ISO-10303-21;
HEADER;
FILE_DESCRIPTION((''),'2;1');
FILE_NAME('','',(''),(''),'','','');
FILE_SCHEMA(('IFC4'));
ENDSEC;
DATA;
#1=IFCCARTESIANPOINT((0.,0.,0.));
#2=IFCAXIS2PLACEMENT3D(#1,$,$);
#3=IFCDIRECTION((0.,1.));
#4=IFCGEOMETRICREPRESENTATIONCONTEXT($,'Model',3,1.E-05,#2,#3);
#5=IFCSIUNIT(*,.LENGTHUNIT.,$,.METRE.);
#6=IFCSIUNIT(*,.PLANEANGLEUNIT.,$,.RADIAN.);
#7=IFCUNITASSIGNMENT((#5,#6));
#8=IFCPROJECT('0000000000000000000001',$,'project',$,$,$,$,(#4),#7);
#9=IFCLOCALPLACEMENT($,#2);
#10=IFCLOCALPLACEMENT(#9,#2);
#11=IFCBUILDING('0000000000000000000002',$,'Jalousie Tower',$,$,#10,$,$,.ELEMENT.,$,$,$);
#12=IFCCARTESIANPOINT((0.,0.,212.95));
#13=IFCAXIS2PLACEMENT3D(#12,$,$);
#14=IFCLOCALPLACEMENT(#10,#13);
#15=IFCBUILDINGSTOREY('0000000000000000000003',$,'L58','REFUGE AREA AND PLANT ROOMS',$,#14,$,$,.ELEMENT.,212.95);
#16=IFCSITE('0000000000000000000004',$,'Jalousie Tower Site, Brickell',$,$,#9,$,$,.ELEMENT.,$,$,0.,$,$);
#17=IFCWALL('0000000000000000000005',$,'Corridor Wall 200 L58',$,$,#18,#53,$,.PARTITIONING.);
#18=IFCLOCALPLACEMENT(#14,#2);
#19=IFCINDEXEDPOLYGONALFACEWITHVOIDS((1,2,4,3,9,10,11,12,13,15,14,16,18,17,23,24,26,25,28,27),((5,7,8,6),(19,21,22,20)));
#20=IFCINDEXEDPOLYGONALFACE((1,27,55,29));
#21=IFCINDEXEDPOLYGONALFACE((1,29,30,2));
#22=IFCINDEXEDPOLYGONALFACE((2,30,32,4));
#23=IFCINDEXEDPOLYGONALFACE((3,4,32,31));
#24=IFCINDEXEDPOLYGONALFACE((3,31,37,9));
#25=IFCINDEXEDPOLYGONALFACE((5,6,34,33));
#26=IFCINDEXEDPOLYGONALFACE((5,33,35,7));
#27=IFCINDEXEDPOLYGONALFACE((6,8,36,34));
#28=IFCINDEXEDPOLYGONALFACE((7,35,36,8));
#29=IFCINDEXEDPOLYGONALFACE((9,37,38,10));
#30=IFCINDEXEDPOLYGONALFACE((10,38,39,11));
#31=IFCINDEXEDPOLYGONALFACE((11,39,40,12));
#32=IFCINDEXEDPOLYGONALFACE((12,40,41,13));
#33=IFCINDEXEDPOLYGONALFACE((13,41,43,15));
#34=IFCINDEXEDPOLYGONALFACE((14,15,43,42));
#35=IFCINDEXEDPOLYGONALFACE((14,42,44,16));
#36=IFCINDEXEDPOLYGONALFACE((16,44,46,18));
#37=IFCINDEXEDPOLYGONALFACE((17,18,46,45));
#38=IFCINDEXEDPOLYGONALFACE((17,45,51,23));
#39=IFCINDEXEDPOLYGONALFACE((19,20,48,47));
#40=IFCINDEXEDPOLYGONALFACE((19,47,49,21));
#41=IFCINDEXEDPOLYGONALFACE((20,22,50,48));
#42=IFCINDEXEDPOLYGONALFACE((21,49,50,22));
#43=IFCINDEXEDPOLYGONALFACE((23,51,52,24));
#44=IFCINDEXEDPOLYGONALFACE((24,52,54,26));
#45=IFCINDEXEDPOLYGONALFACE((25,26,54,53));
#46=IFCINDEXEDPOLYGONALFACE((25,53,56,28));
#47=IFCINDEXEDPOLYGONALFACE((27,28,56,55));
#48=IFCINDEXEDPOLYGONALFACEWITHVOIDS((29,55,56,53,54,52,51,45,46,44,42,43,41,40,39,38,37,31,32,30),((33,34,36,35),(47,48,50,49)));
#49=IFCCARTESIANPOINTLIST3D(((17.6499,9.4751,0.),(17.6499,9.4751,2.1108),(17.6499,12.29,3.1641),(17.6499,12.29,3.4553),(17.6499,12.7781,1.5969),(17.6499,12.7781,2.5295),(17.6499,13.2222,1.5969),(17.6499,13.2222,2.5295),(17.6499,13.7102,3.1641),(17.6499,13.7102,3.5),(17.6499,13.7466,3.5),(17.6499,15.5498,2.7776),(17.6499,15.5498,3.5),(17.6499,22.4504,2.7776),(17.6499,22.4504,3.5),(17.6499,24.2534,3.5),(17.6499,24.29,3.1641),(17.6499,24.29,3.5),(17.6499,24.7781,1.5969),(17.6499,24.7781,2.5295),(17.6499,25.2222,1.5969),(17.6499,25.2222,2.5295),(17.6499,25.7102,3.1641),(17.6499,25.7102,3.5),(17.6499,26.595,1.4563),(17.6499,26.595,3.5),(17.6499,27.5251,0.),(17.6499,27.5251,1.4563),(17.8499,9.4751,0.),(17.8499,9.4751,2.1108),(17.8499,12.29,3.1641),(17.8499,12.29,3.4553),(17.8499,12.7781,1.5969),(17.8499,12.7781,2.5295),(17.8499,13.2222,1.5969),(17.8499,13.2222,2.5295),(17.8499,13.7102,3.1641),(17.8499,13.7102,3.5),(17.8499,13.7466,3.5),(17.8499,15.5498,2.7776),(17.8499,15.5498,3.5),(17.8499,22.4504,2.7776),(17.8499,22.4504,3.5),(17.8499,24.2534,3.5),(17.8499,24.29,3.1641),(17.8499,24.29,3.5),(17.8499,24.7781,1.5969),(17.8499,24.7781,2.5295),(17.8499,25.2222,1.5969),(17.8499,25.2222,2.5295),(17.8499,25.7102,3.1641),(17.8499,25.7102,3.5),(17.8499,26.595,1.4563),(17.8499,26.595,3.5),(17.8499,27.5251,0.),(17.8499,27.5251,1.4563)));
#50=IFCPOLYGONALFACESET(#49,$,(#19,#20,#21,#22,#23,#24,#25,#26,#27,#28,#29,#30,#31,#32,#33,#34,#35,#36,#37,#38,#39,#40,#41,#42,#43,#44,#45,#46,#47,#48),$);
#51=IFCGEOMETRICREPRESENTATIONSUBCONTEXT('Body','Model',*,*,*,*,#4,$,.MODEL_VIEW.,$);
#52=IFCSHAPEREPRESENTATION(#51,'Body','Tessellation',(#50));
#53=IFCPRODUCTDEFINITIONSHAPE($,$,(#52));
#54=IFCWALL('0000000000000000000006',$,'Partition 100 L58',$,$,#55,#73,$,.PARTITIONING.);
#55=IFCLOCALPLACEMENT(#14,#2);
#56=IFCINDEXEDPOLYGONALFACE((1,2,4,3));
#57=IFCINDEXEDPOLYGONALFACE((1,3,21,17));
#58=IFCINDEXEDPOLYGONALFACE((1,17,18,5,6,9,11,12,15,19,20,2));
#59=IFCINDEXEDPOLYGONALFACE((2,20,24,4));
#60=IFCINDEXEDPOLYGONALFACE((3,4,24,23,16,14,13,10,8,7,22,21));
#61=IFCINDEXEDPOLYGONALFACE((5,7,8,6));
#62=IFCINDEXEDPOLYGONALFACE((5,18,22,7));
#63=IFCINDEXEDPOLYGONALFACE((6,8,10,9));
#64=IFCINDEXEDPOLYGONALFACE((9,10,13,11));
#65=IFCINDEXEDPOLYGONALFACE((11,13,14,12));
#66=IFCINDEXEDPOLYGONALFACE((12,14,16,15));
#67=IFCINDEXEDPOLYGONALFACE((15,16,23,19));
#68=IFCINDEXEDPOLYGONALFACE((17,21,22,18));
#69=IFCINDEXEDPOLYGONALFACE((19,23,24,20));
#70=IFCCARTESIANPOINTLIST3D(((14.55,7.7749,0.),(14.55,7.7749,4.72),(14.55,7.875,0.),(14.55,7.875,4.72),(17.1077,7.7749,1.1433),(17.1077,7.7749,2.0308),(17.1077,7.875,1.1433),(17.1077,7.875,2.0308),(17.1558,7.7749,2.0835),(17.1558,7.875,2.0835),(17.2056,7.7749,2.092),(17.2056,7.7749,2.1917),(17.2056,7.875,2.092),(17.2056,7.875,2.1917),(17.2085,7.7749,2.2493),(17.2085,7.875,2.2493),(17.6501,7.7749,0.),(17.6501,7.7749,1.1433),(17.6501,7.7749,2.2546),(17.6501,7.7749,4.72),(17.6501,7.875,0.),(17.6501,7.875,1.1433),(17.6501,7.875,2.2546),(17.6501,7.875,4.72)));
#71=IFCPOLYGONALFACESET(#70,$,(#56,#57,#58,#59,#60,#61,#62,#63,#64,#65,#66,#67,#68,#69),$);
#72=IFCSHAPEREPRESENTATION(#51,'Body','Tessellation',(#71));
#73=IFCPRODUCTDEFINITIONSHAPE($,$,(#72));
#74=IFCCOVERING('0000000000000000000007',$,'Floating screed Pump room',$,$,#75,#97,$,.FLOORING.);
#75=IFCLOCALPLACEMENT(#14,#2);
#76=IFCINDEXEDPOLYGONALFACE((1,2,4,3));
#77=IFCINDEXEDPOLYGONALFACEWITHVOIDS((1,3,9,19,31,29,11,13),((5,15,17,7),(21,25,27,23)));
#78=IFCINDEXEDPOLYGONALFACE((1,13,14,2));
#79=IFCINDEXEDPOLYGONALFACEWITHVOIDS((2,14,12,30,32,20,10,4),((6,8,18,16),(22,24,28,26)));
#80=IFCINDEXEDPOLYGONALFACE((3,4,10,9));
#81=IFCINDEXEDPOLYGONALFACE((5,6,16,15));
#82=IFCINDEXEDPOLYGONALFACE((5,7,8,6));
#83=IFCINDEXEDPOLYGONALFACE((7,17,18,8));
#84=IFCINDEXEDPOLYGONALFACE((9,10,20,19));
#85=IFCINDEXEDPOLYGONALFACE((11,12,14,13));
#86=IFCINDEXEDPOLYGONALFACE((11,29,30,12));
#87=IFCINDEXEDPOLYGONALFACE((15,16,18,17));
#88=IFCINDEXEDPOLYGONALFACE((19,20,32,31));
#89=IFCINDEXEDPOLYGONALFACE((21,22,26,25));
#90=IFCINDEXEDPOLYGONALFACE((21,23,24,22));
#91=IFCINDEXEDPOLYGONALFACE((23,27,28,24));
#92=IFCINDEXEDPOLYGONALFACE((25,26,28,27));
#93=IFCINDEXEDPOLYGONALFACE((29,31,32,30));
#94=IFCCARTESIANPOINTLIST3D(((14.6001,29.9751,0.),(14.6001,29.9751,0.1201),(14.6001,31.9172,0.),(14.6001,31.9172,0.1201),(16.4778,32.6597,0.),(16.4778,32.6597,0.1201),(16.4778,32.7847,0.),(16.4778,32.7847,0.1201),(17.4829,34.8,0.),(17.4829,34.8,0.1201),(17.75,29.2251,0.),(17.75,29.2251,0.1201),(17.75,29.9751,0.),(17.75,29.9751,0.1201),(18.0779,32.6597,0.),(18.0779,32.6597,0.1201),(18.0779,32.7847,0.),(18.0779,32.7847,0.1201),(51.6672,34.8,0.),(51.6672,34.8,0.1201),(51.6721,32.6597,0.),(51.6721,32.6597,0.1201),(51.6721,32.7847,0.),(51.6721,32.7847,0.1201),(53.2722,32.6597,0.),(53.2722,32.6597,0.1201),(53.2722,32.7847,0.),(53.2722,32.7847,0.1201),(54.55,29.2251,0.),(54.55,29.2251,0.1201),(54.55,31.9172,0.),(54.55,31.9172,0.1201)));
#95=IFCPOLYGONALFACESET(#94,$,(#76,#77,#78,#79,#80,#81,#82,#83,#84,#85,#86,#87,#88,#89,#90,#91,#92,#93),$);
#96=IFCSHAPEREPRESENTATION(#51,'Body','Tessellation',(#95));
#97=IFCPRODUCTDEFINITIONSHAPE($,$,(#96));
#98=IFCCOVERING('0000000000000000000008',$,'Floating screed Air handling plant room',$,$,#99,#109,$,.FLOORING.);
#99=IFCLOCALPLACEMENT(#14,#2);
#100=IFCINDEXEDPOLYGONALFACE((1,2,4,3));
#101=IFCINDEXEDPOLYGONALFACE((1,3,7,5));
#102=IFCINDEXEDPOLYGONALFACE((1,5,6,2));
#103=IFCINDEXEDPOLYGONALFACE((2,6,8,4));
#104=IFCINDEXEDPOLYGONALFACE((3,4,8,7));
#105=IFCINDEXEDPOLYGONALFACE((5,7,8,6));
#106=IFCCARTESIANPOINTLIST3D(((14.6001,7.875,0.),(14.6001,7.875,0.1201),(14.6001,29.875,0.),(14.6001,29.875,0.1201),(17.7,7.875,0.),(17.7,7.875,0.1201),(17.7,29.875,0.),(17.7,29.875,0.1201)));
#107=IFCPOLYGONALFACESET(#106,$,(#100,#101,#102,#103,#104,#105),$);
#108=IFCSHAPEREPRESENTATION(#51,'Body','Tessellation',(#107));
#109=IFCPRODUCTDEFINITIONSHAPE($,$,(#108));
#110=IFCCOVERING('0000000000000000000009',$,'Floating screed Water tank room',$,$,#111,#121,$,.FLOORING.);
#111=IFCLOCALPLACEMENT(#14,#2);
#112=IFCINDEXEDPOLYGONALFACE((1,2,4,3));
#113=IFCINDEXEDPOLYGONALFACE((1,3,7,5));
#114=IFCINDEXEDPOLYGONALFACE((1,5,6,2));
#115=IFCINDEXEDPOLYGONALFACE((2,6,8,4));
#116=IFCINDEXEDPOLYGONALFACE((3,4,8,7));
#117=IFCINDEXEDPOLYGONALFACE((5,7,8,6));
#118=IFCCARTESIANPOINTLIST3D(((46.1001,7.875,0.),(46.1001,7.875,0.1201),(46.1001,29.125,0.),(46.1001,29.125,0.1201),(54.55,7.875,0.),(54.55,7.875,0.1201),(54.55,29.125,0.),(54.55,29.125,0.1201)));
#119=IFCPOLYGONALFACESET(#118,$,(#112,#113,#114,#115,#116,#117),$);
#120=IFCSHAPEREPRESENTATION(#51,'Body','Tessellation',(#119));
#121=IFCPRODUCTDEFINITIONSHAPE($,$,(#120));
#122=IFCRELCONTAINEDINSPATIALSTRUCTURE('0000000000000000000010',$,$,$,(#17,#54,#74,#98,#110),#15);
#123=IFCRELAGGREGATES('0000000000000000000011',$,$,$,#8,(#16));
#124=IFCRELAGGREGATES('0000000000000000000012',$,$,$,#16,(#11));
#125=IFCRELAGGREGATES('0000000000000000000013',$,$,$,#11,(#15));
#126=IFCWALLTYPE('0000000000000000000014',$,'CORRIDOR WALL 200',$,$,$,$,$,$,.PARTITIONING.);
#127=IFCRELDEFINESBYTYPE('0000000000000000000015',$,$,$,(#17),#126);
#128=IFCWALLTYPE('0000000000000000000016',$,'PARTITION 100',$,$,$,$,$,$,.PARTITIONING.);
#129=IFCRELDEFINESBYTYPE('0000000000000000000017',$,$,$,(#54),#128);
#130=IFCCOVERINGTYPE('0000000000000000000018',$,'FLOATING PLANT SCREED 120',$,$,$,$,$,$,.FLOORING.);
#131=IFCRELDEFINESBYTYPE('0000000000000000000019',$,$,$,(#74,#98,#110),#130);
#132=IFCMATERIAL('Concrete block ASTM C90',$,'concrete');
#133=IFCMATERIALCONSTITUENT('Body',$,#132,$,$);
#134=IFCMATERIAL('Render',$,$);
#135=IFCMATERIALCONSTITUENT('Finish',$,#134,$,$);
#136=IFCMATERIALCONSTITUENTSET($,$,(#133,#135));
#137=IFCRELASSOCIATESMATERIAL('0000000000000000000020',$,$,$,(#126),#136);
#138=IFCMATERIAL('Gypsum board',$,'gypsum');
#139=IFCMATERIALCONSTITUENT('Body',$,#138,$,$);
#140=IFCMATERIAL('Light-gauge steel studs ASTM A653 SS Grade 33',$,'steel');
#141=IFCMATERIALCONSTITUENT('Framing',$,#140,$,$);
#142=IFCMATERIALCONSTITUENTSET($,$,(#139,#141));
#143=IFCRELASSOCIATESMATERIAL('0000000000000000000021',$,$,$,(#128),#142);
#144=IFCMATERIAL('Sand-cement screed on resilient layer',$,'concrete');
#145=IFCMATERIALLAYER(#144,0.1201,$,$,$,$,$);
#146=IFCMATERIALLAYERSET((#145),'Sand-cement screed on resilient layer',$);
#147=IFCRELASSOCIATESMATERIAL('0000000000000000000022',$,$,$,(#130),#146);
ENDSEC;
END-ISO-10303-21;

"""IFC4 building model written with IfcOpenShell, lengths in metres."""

from ifc_helpers import new_model, si_unit, direction, frame, origin, place, context, subcontext, project, spatial, polyline, outline, extrude, material, layer, layer_set, constituent, constituent_set, type_object, element, save


model = new_model("IFC4")

# Units and contexts
model_context = context("Model", 3, precision=1e-05, world=origin(), true_north=direction((0.0, 1.0)))
body_context = subcontext(model_context, "Body", "Model", "MODEL_VIEW")
ifc_project = project(units=[si_unit("LENGTHUNIT", "METRE"), si_unit("PLANEANGLEUNIT", "RADIAN")], contexts=[model_context])

# Site, building, storey
site_placement = place(None, origin())
site = spatial("IfcSite", under=ifc_project, at=site_placement, Name="Jalousie Tower Site, Brickell", CompositionType="ELEMENT", RefElevation=0.0)
building_placement = place(site_placement, origin())
building = spatial("IfcBuilding", under=site, at=building_placement, Name="Jalousie Tower", CompositionType="ELEMENT")
storey_placement = place(building_placement, frame((0.0, 0.0, 212.95)))
storey = spatial("IfcBuildingStorey", under=building, at=storey_placement, Name="L58", Description="REFUGE AREA AND PLANT ROOMS", CompositionType="ELEMENT", Elevation=212.95)

# Walls
ifc_material_1 = material(Name="Concrete block ASTM C90", Category="concrete")
ifc_constituent_1 = constituent(ifc_material_1, Name="Body")
ifc_material_2 = material(Name="Render")
ifc_constituent_2 = constituent(ifc_material_2, Name="Finish")
ifc_constituent_set_1 = constituent_set(constituents=[ifc_constituent_1, ifc_constituent_2])
wall_type_1 = type_object("IfcWallType", Name="CORRIDOR WALL 200", PredefinedType="PARTITIONING", material=ifc_constituent_set_1)
wall_1_placement = place(storey_placement, frame((17.75, 9.4751, 0.0), z_axis=(0.0, 0.0, 1.0), x_axis=(0.0, 1.0, 0.0)))
element("IfcWall", 1, at=wall_1_placement, inside=storey, type_object=wall_type_1, Name="Corridor Wall 200 L58", PredefinedType="PARTITIONING", context=body_context, shape_type="SweptSolid", body=[
    extrude(outline(polyline([(2.8149, 3.4553), (0.0, 2.1108), (0.0, 0.0), (18.05, 0.0), (18.05, 1.4563), (17.1199, 1.4563), (17.1199, 3.5), (16.2351, 3.5), (16.2351, 3.1641), (14.8149, 3.1641), (14.8149, 3.5), (14.7783, 3.5), (12.9753, 2.7776), (12.9753, 3.5), (6.0747, 3.5), (6.0747, 2.7776), (4.2715, 3.5), (4.2351, 3.5), (4.2351, 3.1641), (2.8149, 3.1641), (2.8149, 3.4553)]), holes=[polyline([(3.303, 2.5295), (3.7471, 2.5295), (3.7471, 1.5969), (3.303, 1.5969), (3.303, 2.5295)]), polyline([(15.303, 2.5295), (15.7471, 2.5295), (15.7471, 1.5969), (15.303, 1.5969), (15.303, 2.5295)])]), frame((0.0, 0.1001, 0.0), z_axis=(0.0, -1.0, 0.0), x_axis=(1.0, 0.0, 0.0)), (0.0, 0.0, 1.0), 0.2),
])
ifc_material_3 = material(Name="Gypsum board", Category="gypsum")
ifc_constituent_3 = constituent(ifc_material_3, Name="Body")
ifc_material_4 = material(Name="Light-gauge steel studs ASTM A653 SS Grade 33", Category="steel")
ifc_constituent_4 = constituent(ifc_material_4, Name="Framing")
ifc_constituent_set_2 = constituent_set(constituents=[ifc_constituent_3, ifc_constituent_4])
wall_type_2 = type_object("IfcWallType", Name="PARTITION 100", PredefinedType="PARTITIONING", material=ifc_constituent_set_2)
wall_2_placement = place(storey_placement, frame((14.55, 7.825, 0.0), z_axis=(0.0, 0.0, 1.0), x_axis=(1.0, 0.0, 0.0)))
element("IfcWall", 2, at=wall_2_placement, inside=storey, type_object=wall_type_2, Name="Partition 100 L58", PredefinedType="PARTITIONING", context=body_context, shape_type="SweptSolid", body=[
    extrude(outline(polyline([(0.0, 0.0), (3.1001, 0.0), (3.1001, 1.1433), (2.5576, 1.1433), (2.5576, 2.0308), (2.6057, 2.0835), (2.6555, 2.092), (2.6555, 2.1917), (2.6584, 2.2493), (3.1001, 2.2546), (3.1001, 4.72), (0.0, 4.72), (0.0, 0.0)])), frame((0.0, 0.05, 0.0), z_axis=(0.0, -1.0, 0.0), x_axis=(1.0, 0.0, 0.0)), (0.0, 0.0, 1.0), 0.1001),
])

# Coverings
ifc_material_5 = material(Name="Sand-cement screed on resilient layer", Category="concrete")
ifc_layer_1 = layer(ifc_material_5, 0.1201)
ifc_layer_set_1 = layer_set([ifc_layer_1], Name="Sand-cement screed on resilient layer")
covering_type = type_object("IfcCoveringType", Name="FLOATING PLANT SCREED 120", PredefinedType="FLOORING", material=ifc_layer_set_1)
covering_1_placement = place(storey_placement, origin())
element("IfcCovering", 3, at=covering_1_placement, inside=storey, type_object=covering_type, Name="Floating screed Pump room", PredefinedType="FLOORING", context=body_context, shape_type="SweptSolid", body=[
    extrude(outline(polyline([(17.4829, 34.8), (51.6672, 34.8), (54.55, 31.9172), (54.55, 29.2251), (17.75, 29.2251), (17.75, 29.9751), (14.6001, 29.9751), (14.6001, 31.9172), (17.4829, 34.8)]), holes=[polyline([(51.6721, 32.6597), (53.2722, 32.6597), (53.2722, 32.7847), (51.6721, 32.7847), (51.6721, 32.6597)]), polyline([(16.4778, 32.6597), (18.0779, 32.6597), (18.0779, 32.7847), (16.4778, 32.7847), (16.4778, 32.6597)])]), origin(), (0.0, 0.0, 1.0), 0.1201),
])
covering_2_placement = place(storey_placement, origin())
element("IfcCovering", 4, at=covering_2_placement, inside=storey, type_object=covering_type, Name="Floating screed Air handling plant room", PredefinedType="FLOORING", context=body_context, shape_type="SweptSolid", body=[
    extrude(outline(polyline([(14.6001, 7.875), (14.6001, 29.875), (17.7, 29.875), (17.7, 7.875), (14.6001, 7.875)])), origin(), (0.0, 0.0, 1.0), 0.1201),
])
covering_3_placement = place(storey_placement, origin())
element("IfcCovering", 5, at=covering_3_placement, inside=storey, type_object=covering_type, Name="Floating screed Water tank room", PredefinedType="FLOORING", context=body_context, shape_type="SweptSolid", body=[
    extrude(outline(polyline([(54.55, 29.125), (54.55, 7.875), (46.1001, 7.875), (46.1001, 29.125), (54.55, 29.125)])), origin(), (0.0, 0.0, 1.0), 0.1201),
])

save(model, "model.ifc")
